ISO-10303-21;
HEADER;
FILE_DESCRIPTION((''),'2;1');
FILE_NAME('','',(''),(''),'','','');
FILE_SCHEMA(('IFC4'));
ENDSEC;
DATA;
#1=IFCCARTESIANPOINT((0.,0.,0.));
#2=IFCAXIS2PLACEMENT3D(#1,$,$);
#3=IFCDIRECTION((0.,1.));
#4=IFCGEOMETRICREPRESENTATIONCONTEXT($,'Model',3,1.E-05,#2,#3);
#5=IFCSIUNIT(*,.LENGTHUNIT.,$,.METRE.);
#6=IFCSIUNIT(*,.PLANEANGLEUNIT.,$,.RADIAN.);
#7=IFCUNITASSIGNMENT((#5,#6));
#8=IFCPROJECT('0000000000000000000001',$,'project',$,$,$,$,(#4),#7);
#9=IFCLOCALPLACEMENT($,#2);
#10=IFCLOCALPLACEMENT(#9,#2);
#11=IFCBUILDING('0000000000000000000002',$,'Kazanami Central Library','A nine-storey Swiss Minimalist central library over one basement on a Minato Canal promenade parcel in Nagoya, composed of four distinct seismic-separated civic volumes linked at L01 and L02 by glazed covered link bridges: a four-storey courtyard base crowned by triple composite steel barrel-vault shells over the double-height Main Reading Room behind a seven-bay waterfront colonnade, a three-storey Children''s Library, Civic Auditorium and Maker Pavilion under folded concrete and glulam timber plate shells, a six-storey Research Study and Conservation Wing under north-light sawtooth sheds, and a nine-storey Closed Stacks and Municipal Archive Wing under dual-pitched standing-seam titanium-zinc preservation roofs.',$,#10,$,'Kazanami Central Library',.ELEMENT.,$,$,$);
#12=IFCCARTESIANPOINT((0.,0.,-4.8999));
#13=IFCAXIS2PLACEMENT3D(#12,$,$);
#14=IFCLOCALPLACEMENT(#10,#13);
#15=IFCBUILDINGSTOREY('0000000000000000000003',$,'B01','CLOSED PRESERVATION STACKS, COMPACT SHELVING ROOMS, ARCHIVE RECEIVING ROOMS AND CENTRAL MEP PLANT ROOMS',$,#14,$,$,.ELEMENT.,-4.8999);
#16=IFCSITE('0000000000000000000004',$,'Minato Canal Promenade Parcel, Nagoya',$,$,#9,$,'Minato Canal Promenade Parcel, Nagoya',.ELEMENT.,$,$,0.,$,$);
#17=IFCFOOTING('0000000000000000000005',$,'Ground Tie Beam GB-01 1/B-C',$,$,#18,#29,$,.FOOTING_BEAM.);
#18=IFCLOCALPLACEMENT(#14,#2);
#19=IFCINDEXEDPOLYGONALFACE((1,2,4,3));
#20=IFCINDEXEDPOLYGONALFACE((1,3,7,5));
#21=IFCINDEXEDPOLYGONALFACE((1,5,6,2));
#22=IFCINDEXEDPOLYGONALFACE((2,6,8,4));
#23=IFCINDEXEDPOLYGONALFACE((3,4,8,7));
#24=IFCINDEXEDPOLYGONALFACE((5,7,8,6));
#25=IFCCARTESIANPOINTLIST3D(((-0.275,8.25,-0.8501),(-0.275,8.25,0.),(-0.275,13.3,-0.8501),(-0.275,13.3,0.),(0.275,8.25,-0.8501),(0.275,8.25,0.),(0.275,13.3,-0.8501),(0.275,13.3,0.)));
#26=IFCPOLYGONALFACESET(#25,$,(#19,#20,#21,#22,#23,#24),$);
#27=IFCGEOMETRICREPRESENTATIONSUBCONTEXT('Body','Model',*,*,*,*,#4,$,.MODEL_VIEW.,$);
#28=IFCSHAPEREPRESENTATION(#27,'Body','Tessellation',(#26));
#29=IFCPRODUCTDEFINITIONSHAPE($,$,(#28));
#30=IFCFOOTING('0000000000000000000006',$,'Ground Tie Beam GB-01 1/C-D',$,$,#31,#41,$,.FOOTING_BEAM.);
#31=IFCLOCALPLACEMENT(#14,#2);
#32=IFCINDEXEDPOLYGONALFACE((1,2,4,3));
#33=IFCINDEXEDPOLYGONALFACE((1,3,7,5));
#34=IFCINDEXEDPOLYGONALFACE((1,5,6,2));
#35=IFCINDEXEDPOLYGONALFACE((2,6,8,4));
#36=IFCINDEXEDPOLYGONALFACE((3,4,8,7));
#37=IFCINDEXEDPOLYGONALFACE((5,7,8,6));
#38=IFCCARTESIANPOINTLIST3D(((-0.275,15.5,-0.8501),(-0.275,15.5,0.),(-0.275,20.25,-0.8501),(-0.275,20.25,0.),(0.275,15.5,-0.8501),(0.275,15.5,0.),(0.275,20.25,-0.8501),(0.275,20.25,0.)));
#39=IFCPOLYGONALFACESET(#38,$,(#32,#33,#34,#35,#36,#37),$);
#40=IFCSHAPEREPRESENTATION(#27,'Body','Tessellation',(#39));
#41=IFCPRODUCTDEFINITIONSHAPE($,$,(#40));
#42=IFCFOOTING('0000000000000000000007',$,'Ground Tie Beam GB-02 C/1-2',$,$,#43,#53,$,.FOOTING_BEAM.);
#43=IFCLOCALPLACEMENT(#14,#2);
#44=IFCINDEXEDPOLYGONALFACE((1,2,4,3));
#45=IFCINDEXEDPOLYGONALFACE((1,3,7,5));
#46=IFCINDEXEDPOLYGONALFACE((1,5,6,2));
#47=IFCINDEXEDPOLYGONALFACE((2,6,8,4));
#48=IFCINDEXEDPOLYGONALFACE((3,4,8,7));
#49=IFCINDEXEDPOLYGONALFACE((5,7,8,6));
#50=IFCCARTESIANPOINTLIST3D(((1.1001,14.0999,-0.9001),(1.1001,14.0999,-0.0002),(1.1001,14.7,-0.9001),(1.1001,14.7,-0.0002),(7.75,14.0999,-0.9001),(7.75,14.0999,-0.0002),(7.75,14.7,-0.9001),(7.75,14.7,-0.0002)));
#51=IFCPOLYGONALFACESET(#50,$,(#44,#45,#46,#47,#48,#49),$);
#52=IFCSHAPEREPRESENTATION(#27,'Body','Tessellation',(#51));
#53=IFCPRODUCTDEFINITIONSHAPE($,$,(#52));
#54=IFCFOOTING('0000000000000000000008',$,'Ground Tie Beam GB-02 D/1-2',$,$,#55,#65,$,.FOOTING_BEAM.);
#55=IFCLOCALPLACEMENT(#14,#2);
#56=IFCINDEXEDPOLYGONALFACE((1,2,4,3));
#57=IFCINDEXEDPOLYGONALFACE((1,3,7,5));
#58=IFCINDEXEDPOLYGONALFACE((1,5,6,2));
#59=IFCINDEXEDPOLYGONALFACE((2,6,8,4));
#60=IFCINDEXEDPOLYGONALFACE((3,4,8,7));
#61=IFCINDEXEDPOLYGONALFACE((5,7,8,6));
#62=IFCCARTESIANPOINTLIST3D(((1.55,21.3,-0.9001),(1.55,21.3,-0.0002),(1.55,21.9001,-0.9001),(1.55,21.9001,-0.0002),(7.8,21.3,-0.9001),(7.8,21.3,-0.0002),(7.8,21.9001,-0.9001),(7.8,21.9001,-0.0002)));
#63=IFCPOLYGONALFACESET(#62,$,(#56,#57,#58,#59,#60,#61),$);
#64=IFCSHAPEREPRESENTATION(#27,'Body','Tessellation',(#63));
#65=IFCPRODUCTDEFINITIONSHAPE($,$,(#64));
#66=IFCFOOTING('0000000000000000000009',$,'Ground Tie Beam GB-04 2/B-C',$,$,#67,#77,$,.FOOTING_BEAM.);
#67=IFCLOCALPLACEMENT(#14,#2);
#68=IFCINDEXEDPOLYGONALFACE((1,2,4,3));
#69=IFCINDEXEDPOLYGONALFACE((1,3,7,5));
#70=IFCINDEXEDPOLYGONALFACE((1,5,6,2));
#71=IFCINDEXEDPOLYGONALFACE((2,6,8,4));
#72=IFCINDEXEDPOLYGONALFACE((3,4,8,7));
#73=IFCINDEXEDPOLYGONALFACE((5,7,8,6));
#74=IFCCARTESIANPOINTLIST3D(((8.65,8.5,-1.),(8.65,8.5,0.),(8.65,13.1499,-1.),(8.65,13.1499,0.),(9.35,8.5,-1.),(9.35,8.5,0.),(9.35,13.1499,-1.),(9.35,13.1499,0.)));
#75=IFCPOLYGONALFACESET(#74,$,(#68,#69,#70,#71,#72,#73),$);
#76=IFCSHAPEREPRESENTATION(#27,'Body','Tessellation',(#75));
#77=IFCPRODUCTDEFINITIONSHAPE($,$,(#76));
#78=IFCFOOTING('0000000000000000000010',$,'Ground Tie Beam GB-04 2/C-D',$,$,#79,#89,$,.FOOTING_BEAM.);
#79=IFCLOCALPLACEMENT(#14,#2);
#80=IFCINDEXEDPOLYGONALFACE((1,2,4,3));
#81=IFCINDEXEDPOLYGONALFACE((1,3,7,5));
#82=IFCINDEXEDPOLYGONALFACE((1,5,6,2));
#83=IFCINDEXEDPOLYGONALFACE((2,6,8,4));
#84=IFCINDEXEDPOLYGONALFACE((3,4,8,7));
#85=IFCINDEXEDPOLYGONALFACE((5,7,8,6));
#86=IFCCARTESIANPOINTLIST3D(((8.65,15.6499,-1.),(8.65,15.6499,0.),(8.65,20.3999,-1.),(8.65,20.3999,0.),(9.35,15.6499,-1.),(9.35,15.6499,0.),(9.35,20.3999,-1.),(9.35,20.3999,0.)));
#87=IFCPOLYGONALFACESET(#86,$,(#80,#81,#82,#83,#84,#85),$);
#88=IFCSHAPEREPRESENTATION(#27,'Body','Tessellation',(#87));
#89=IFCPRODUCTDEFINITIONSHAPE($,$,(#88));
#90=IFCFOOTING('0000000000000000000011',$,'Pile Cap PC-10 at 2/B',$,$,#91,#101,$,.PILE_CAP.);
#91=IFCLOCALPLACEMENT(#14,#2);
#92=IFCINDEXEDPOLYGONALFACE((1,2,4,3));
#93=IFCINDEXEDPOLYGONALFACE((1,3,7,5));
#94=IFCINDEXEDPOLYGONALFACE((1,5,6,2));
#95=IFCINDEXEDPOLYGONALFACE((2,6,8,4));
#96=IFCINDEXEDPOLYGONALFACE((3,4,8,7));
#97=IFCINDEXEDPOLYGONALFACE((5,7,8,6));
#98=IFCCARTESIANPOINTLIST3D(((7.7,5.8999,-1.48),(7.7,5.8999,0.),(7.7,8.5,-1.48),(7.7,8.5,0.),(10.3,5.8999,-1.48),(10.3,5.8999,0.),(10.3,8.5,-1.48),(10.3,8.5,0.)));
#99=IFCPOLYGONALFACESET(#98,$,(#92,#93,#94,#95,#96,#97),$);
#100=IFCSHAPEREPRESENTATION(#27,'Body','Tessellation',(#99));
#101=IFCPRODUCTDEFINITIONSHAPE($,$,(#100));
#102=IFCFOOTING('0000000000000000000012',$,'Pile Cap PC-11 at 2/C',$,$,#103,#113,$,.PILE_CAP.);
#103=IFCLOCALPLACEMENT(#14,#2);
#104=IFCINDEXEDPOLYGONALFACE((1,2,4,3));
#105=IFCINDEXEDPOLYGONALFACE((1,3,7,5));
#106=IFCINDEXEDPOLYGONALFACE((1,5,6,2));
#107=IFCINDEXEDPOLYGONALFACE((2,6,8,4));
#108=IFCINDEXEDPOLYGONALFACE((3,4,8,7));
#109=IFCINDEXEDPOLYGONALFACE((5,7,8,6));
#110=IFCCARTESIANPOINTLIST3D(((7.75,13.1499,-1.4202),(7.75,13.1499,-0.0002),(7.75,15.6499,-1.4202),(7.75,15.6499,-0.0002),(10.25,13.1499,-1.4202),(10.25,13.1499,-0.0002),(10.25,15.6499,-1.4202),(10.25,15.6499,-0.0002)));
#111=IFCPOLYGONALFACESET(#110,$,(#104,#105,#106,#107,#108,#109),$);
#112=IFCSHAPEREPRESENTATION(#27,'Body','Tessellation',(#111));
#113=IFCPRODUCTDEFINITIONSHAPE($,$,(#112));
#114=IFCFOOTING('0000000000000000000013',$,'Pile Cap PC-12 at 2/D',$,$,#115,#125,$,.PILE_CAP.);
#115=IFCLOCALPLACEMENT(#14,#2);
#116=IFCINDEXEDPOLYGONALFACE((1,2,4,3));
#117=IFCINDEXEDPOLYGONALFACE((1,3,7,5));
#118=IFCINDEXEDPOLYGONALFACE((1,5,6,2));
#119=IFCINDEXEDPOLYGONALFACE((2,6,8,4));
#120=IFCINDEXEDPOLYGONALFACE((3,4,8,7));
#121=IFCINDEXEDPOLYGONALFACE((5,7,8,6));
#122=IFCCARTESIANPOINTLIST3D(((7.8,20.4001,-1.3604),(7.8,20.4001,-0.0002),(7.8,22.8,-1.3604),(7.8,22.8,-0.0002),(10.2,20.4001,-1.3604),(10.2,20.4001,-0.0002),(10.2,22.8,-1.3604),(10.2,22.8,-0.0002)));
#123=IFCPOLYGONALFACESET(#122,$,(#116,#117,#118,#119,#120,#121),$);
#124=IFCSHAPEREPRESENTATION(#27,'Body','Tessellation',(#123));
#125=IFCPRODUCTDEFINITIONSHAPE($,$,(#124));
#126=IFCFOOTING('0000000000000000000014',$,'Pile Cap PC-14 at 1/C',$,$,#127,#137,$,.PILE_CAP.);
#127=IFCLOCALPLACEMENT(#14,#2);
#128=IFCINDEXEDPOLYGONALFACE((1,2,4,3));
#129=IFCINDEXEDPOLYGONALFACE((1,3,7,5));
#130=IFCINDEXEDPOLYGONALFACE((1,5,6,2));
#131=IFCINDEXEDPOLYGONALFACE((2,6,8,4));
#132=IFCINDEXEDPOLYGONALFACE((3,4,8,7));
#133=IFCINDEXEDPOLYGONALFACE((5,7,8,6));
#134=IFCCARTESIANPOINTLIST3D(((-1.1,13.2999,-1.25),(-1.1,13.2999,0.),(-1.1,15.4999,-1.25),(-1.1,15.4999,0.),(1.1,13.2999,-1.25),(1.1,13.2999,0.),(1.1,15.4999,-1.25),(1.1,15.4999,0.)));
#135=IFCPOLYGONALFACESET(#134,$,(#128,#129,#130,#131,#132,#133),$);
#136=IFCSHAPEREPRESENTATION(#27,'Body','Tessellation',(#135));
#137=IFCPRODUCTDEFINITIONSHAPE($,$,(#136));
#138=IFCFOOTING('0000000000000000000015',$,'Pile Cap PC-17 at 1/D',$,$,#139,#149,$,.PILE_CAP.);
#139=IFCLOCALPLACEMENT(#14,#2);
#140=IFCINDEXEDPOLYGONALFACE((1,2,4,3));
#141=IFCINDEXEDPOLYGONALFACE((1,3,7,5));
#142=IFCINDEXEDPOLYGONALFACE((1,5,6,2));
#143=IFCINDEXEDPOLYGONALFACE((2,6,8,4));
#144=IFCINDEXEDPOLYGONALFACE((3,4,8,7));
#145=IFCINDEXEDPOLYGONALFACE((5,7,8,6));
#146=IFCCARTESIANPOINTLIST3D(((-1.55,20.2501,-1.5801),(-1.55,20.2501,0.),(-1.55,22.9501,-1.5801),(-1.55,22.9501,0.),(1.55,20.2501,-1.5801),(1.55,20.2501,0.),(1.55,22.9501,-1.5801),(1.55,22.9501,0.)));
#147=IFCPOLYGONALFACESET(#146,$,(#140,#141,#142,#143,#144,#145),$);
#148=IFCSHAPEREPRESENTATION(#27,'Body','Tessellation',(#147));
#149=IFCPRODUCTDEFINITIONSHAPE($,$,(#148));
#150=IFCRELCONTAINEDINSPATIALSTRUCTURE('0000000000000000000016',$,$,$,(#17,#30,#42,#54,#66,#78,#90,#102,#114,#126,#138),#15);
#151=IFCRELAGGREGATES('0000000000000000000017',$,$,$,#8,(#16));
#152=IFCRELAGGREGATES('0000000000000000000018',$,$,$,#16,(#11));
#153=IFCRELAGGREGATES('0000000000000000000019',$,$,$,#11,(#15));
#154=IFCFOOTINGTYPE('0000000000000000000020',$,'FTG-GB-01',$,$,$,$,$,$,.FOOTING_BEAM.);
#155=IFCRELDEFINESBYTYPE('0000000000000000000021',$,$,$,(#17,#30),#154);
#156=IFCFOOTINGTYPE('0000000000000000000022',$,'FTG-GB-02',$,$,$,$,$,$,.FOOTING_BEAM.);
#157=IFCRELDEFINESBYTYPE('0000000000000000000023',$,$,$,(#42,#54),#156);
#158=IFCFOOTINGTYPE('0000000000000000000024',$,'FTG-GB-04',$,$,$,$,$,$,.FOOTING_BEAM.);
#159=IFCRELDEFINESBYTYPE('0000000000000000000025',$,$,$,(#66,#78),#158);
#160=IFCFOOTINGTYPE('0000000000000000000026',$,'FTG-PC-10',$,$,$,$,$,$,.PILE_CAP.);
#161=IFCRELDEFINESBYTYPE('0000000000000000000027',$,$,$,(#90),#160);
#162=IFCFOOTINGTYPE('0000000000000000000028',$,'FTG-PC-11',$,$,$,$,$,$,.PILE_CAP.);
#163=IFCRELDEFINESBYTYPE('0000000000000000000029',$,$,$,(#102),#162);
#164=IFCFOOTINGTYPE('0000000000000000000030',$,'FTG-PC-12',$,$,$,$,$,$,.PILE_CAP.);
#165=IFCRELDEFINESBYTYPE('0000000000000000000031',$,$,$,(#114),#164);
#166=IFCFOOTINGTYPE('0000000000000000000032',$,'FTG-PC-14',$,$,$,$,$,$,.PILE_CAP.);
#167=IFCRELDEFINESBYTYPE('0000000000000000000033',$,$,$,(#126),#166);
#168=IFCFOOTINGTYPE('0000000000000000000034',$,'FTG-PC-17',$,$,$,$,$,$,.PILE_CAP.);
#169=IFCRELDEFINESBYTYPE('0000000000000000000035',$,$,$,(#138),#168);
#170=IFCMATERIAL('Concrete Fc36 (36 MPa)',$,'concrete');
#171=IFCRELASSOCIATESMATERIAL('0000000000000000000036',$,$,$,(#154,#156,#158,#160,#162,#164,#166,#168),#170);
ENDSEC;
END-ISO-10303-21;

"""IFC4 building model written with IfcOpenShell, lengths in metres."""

from ifc_helpers import new_model, si_unit, direction, frame, origin, origin_2d, place, context, subcontext, project, spatial, rectangle, extrude, material, material_profile, profile_set, type_object, element, save


model = new_model("IFC4")

# Units and contexts
model_context = context("Model", 3, precision=1e-05, world=origin(), true_north=direction((0.0, 1.0)))
body_context = subcontext(model_context, "Body", "Model", "MODEL_VIEW")
ifc_project = project(units=[si_unit("LENGTHUNIT", "METRE"), si_unit("PLANEANGLEUNIT", "RADIAN")], contexts=[model_context])

# Site, building, storey
site_placement = place(None, origin())
site = spatial("IfcSite", under=ifc_project, at=site_placement, Name="Minato Canal Promenade Parcel, Nagoya", LongName="Minato Canal Promenade Parcel, Nagoya", CompositionType="ELEMENT", RefElevation=0.0)
building_placement = place(site_placement, origin())
building = spatial("IfcBuilding", under=site, at=building_placement, Name="Kazanami Central Library", Description="A nine-storey Swiss Minimalist central library over one basement on a Minato Canal promenade parcel in Nagoya, composed of four distinct seismic-separated civic volumes linked at L01 and L02 by glazed covered link bridges: a four-storey courtyard base crowned by triple composite steel barrel-vault shells over the double-height Main Reading Room behind a seven-bay waterfront colonnade, a three-storey Children's Library, Civic Auditorium and Maker Pavilion under folded concrete and glulam timber plate shells, a six-storey Research Study and Conservation Wing under north-light sawtooth sheds, and a nine-storey Closed Stacks and Municipal Archive Wing under dual-pitched standing-seam titanium-zinc preservation roofs.", LongName="Kazanami Central Library", CompositionType="ELEMENT")
storey_placement = place(building_placement, frame((0.0, 0.0, -4.8999)))
storey = spatial("IfcBuildingStorey", under=building, at=storey_placement, Name="B01", Description="CLOSED PRESERVATION STACKS, COMPACT SHELVING ROOMS, ARCHIVE RECEIVING ROOMS AND CENTRAL MEP PLANT ROOMS", CompositionType="ELEMENT", Elevation=-4.8999)

# Footings
ifc_material_1 = material(Name="Concrete Fc36 (36 MPa)", Category="concrete")
ifc_material_profile_1 = material_profile(ifc_material_1, rectangle(XDim=0.55, YDim=0.8501, at=origin_2d()), Name="RC-550x850")
ifc_profile_set_1 = profile_set([ifc_material_profile_1], Name="Concrete Fc36 (36 MPa)")
footing_type_1 = type_object("IfcFootingType", Name="FTG-GB-01", PredefinedType="FOOTING_BEAM", material=ifc_profile_set_1)
footing_1_placement = place(storey_placement, frame((0.0, 8.25, -0.425), z_axis=(0.0, 1.0, 0.0), x_axis=(-1.0, 0.0, 0.0)))
element("IfcFooting", 1, at=footing_1_placement, inside=storey, type_object=footing_type_1, Name="Ground Tie Beam GB-01 1/B-C", PredefinedType="FOOTING_BEAM", context=body_context, shape_type="SweptSolid", body=[
    extrude(rectangle(XDim=0.55, YDim=0.8501, at=origin_2d()), origin(), (0.0, 0.0, 1.0), 5.05),
])
footing_2_placement = place(storey_placement, frame((0.0, 15.5, -0.425), z_axis=(0.0, 1.0, 0.0), x_axis=(-1.0, 0.0, 0.0)))
element("IfcFooting", 2, at=footing_2_placement, inside=storey, type_object=footing_type_1, Name="Ground Tie Beam GB-01 1/C-D", PredefinedType="FOOTING_BEAM", context=body_context, shape_type="SweptSolid", body=[
    extrude(rectangle(XDim=0.55, YDim=0.8501, at=origin_2d()), origin(), (0.0, 0.0, 1.0), 4.75),
])
ifc_material_profile_2 = material_profile(ifc_material_1, rectangle(XDim=0.6001, YDim=0.8999, at=origin_2d()), Name="RC-600x900")
ifc_profile_set_2 = profile_set([ifc_material_profile_2], Name="Concrete Fc36 (36 MPa)")
footing_type_2 = type_object("IfcFootingType", Name="FTG-GB-02", PredefinedType="FOOTING_BEAM", material=ifc_profile_set_2)
footing_3_placement = place(storey_placement, frame((1.1001, 14.3999, -0.4502), z_axis=(1.0, 0.0, 0.0), x_axis=(0.0, 1.0, 0.0)))
element("IfcFooting", 3, at=footing_3_placement, inside=storey, type_object=footing_type_2, Name="Ground Tie Beam GB-02 C/1-2", PredefinedType="FOOTING_BEAM", context=body_context, shape_type="SweptSolid", body=[
    extrude(rectangle(XDim=0.6001, YDim=0.8999, at=origin_2d()), origin(), (0.0, 0.0, 1.0), 6.6499),
])
footing_4_placement = place(storey_placement, frame((1.55, 21.6001, -0.4502), z_axis=(1.0, 0.0, 0.0), x_axis=(0.0, 1.0, 0.0)))
element("IfcFooting", 4, at=footing_4_placement, inside=storey, type_object=footing_type_2, Name="Ground Tie Beam GB-02 D/1-2", PredefinedType="FOOTING_BEAM", context=body_context, shape_type="SweptSolid", body=[
    extrude(rectangle(XDim=0.6001, YDim=0.8999, at=origin_2d()), origin(), (0.0, 0.0, 1.0), 6.25),
])
ifc_material_profile_3 = material_profile(ifc_material_1, rectangle(XDim=0.7, YDim=1.0, at=origin_2d()), Name="RC-700x1000")
ifc_profile_set_3 = profile_set([ifc_material_profile_3], Name="Concrete Fc36 (36 MPa)")
footing_type_3 = type_object("IfcFootingType", Name="FTG-GB-04", PredefinedType="FOOTING_BEAM", material=ifc_profile_set_3)
footing_5_placement = place(storey_placement, frame((9.0, 8.5, -0.5), z_axis=(0.0, 1.0, 0.0), x_axis=(-1.0, 0.0, 0.0)))
element("IfcFooting", 5, at=footing_5_placement, inside=storey, type_object=footing_type_3, Name="Ground Tie Beam GB-04 2/B-C", PredefinedType="FOOTING_BEAM", context=body_context, shape_type="SweptSolid", body=[
    extrude(rectangle(XDim=0.7, YDim=1.0, at=origin_2d()), origin(), (0.0, 0.0, 1.0), 4.6499),
])
footing_6_placement = place(storey_placement, frame((9.0, 15.6499, -0.5), z_axis=(0.0, 1.0, 0.0), x_axis=(-1.0, 0.0, 0.0)))
element("IfcFooting", 6, at=footing_6_placement, inside=storey, type_object=footing_type_3, Name="Ground Tie Beam GB-04 2/C-D", PredefinedType="FOOTING_BEAM", context=body_context, shape_type="SweptSolid", body=[
    extrude(rectangle(XDim=0.7, YDim=1.0, at=origin_2d()), origin(), (0.0, 0.0, 1.0), 4.75),
])
footing_type_4 = type_object("IfcFootingType", Name="FTG-PC-10", PredefinedType="PILE_CAP", material=ifc_material_1)
footing_7_placement = place(storey_placement, frame((9.0, 7.2, -1.48), z_axis=(0.0, 0.0, 1.0), x_axis=(1.0, 0.0, 0.0)))
element("IfcFooting", 7, at=footing_7_placement, inside=storey, type_object=footing_type_4, Name="Pile Cap PC-10 at 2/B", PredefinedType="PILE_CAP", context=body_context, shape_type="SweptSolid", body=[
    extrude(rectangle(XDim=2.6001, YDim=2.6001, at=origin_2d()), origin(), (0.0, 0.0, 1.0), 1.48),
])
footing_type_5 = type_object("IfcFootingType", Name="FTG-PC-11", PredefinedType="PILE_CAP", material=ifc_material_1)
footing_8_placement = place(storey_placement, frame((9.0, 14.3999, -1.4202), z_axis=(0.0, 0.0, 1.0), x_axis=(1.0, 0.0, 0.0)))
element("IfcFooting", 8, at=footing_8_placement, inside=storey, type_object=footing_type_5, Name="Pile Cap PC-11 at 2/C", PredefinedType="PILE_CAP", context=body_context, shape_type="SweptSolid", body=[
    extrude(rectangle(XDim=2.5, YDim=2.5, at=origin_2d()), origin(), (0.0, 0.0, 1.0), 1.4199),
])
footing_type_6 = type_object("IfcFootingType", Name="FTG-PC-12", PredefinedType="PILE_CAP", material=ifc_material_1)
footing_9_placement = place(storey_placement, frame((9.0, 21.6001, -1.3604), z_axis=(0.0, 0.0, 1.0), x_axis=(1.0, 0.0, 0.0)))
element("IfcFooting", 9, at=footing_9_placement, inside=storey, type_object=footing_type_6, Name="Pile Cap PC-12 at 2/D", PredefinedType="PILE_CAP", context=body_context, shape_type="SweptSolid", body=[
    extrude(rectangle(XDim=2.3999, YDim=2.3999, at=origin_2d()), origin(), (0.0, 0.0, 1.0), 1.3601),
])
footing_type_7 = type_object("IfcFootingType", Name="FTG-PC-14", PredefinedType="PILE_CAP", material=ifc_material_1)
footing_10_placement = place(storey_placement, frame((0.0, 14.3999, -1.25), z_axis=(0.0, 0.0, 1.0), x_axis=(1.0, 0.0, 0.0)))
element("IfcFooting", 10, at=footing_10_placement, inside=storey, type_object=footing_type_7, Name="Pile Cap PC-14 at 1/C", PredefinedType="PILE_CAP", context=body_context, shape_type="SweptSolid", body=[
    extrude(rectangle(XDim=2.2, YDim=2.2, at=origin_2d()), origin(), (0.0, 0.0, 1.0), 1.25),
])
footing_type_8 = type_object("IfcFootingType", Name="FTG-PC-17", PredefinedType="PILE_CAP", material=ifc_material_1)
footing_11_placement = place(storey_placement, frame((0.0, 21.6001, -1.5801), z_axis=(0.0, 0.0, 1.0), x_axis=(1.0, 0.0, 0.0)))
element("IfcFooting", 11, at=footing_11_placement, inside=storey, type_object=footing_type_8, Name="Pile Cap PC-17 at 1/D", PredefinedType="PILE_CAP", context=body_context, shape_type="SweptSolid", body=[
    extrude(rectangle(XDim=3.1001, YDim=2.7, at=origin_2d()), origin(), (0.0, 0.0, 1.0), 1.5801),
])

save(model, "model.ifc")
